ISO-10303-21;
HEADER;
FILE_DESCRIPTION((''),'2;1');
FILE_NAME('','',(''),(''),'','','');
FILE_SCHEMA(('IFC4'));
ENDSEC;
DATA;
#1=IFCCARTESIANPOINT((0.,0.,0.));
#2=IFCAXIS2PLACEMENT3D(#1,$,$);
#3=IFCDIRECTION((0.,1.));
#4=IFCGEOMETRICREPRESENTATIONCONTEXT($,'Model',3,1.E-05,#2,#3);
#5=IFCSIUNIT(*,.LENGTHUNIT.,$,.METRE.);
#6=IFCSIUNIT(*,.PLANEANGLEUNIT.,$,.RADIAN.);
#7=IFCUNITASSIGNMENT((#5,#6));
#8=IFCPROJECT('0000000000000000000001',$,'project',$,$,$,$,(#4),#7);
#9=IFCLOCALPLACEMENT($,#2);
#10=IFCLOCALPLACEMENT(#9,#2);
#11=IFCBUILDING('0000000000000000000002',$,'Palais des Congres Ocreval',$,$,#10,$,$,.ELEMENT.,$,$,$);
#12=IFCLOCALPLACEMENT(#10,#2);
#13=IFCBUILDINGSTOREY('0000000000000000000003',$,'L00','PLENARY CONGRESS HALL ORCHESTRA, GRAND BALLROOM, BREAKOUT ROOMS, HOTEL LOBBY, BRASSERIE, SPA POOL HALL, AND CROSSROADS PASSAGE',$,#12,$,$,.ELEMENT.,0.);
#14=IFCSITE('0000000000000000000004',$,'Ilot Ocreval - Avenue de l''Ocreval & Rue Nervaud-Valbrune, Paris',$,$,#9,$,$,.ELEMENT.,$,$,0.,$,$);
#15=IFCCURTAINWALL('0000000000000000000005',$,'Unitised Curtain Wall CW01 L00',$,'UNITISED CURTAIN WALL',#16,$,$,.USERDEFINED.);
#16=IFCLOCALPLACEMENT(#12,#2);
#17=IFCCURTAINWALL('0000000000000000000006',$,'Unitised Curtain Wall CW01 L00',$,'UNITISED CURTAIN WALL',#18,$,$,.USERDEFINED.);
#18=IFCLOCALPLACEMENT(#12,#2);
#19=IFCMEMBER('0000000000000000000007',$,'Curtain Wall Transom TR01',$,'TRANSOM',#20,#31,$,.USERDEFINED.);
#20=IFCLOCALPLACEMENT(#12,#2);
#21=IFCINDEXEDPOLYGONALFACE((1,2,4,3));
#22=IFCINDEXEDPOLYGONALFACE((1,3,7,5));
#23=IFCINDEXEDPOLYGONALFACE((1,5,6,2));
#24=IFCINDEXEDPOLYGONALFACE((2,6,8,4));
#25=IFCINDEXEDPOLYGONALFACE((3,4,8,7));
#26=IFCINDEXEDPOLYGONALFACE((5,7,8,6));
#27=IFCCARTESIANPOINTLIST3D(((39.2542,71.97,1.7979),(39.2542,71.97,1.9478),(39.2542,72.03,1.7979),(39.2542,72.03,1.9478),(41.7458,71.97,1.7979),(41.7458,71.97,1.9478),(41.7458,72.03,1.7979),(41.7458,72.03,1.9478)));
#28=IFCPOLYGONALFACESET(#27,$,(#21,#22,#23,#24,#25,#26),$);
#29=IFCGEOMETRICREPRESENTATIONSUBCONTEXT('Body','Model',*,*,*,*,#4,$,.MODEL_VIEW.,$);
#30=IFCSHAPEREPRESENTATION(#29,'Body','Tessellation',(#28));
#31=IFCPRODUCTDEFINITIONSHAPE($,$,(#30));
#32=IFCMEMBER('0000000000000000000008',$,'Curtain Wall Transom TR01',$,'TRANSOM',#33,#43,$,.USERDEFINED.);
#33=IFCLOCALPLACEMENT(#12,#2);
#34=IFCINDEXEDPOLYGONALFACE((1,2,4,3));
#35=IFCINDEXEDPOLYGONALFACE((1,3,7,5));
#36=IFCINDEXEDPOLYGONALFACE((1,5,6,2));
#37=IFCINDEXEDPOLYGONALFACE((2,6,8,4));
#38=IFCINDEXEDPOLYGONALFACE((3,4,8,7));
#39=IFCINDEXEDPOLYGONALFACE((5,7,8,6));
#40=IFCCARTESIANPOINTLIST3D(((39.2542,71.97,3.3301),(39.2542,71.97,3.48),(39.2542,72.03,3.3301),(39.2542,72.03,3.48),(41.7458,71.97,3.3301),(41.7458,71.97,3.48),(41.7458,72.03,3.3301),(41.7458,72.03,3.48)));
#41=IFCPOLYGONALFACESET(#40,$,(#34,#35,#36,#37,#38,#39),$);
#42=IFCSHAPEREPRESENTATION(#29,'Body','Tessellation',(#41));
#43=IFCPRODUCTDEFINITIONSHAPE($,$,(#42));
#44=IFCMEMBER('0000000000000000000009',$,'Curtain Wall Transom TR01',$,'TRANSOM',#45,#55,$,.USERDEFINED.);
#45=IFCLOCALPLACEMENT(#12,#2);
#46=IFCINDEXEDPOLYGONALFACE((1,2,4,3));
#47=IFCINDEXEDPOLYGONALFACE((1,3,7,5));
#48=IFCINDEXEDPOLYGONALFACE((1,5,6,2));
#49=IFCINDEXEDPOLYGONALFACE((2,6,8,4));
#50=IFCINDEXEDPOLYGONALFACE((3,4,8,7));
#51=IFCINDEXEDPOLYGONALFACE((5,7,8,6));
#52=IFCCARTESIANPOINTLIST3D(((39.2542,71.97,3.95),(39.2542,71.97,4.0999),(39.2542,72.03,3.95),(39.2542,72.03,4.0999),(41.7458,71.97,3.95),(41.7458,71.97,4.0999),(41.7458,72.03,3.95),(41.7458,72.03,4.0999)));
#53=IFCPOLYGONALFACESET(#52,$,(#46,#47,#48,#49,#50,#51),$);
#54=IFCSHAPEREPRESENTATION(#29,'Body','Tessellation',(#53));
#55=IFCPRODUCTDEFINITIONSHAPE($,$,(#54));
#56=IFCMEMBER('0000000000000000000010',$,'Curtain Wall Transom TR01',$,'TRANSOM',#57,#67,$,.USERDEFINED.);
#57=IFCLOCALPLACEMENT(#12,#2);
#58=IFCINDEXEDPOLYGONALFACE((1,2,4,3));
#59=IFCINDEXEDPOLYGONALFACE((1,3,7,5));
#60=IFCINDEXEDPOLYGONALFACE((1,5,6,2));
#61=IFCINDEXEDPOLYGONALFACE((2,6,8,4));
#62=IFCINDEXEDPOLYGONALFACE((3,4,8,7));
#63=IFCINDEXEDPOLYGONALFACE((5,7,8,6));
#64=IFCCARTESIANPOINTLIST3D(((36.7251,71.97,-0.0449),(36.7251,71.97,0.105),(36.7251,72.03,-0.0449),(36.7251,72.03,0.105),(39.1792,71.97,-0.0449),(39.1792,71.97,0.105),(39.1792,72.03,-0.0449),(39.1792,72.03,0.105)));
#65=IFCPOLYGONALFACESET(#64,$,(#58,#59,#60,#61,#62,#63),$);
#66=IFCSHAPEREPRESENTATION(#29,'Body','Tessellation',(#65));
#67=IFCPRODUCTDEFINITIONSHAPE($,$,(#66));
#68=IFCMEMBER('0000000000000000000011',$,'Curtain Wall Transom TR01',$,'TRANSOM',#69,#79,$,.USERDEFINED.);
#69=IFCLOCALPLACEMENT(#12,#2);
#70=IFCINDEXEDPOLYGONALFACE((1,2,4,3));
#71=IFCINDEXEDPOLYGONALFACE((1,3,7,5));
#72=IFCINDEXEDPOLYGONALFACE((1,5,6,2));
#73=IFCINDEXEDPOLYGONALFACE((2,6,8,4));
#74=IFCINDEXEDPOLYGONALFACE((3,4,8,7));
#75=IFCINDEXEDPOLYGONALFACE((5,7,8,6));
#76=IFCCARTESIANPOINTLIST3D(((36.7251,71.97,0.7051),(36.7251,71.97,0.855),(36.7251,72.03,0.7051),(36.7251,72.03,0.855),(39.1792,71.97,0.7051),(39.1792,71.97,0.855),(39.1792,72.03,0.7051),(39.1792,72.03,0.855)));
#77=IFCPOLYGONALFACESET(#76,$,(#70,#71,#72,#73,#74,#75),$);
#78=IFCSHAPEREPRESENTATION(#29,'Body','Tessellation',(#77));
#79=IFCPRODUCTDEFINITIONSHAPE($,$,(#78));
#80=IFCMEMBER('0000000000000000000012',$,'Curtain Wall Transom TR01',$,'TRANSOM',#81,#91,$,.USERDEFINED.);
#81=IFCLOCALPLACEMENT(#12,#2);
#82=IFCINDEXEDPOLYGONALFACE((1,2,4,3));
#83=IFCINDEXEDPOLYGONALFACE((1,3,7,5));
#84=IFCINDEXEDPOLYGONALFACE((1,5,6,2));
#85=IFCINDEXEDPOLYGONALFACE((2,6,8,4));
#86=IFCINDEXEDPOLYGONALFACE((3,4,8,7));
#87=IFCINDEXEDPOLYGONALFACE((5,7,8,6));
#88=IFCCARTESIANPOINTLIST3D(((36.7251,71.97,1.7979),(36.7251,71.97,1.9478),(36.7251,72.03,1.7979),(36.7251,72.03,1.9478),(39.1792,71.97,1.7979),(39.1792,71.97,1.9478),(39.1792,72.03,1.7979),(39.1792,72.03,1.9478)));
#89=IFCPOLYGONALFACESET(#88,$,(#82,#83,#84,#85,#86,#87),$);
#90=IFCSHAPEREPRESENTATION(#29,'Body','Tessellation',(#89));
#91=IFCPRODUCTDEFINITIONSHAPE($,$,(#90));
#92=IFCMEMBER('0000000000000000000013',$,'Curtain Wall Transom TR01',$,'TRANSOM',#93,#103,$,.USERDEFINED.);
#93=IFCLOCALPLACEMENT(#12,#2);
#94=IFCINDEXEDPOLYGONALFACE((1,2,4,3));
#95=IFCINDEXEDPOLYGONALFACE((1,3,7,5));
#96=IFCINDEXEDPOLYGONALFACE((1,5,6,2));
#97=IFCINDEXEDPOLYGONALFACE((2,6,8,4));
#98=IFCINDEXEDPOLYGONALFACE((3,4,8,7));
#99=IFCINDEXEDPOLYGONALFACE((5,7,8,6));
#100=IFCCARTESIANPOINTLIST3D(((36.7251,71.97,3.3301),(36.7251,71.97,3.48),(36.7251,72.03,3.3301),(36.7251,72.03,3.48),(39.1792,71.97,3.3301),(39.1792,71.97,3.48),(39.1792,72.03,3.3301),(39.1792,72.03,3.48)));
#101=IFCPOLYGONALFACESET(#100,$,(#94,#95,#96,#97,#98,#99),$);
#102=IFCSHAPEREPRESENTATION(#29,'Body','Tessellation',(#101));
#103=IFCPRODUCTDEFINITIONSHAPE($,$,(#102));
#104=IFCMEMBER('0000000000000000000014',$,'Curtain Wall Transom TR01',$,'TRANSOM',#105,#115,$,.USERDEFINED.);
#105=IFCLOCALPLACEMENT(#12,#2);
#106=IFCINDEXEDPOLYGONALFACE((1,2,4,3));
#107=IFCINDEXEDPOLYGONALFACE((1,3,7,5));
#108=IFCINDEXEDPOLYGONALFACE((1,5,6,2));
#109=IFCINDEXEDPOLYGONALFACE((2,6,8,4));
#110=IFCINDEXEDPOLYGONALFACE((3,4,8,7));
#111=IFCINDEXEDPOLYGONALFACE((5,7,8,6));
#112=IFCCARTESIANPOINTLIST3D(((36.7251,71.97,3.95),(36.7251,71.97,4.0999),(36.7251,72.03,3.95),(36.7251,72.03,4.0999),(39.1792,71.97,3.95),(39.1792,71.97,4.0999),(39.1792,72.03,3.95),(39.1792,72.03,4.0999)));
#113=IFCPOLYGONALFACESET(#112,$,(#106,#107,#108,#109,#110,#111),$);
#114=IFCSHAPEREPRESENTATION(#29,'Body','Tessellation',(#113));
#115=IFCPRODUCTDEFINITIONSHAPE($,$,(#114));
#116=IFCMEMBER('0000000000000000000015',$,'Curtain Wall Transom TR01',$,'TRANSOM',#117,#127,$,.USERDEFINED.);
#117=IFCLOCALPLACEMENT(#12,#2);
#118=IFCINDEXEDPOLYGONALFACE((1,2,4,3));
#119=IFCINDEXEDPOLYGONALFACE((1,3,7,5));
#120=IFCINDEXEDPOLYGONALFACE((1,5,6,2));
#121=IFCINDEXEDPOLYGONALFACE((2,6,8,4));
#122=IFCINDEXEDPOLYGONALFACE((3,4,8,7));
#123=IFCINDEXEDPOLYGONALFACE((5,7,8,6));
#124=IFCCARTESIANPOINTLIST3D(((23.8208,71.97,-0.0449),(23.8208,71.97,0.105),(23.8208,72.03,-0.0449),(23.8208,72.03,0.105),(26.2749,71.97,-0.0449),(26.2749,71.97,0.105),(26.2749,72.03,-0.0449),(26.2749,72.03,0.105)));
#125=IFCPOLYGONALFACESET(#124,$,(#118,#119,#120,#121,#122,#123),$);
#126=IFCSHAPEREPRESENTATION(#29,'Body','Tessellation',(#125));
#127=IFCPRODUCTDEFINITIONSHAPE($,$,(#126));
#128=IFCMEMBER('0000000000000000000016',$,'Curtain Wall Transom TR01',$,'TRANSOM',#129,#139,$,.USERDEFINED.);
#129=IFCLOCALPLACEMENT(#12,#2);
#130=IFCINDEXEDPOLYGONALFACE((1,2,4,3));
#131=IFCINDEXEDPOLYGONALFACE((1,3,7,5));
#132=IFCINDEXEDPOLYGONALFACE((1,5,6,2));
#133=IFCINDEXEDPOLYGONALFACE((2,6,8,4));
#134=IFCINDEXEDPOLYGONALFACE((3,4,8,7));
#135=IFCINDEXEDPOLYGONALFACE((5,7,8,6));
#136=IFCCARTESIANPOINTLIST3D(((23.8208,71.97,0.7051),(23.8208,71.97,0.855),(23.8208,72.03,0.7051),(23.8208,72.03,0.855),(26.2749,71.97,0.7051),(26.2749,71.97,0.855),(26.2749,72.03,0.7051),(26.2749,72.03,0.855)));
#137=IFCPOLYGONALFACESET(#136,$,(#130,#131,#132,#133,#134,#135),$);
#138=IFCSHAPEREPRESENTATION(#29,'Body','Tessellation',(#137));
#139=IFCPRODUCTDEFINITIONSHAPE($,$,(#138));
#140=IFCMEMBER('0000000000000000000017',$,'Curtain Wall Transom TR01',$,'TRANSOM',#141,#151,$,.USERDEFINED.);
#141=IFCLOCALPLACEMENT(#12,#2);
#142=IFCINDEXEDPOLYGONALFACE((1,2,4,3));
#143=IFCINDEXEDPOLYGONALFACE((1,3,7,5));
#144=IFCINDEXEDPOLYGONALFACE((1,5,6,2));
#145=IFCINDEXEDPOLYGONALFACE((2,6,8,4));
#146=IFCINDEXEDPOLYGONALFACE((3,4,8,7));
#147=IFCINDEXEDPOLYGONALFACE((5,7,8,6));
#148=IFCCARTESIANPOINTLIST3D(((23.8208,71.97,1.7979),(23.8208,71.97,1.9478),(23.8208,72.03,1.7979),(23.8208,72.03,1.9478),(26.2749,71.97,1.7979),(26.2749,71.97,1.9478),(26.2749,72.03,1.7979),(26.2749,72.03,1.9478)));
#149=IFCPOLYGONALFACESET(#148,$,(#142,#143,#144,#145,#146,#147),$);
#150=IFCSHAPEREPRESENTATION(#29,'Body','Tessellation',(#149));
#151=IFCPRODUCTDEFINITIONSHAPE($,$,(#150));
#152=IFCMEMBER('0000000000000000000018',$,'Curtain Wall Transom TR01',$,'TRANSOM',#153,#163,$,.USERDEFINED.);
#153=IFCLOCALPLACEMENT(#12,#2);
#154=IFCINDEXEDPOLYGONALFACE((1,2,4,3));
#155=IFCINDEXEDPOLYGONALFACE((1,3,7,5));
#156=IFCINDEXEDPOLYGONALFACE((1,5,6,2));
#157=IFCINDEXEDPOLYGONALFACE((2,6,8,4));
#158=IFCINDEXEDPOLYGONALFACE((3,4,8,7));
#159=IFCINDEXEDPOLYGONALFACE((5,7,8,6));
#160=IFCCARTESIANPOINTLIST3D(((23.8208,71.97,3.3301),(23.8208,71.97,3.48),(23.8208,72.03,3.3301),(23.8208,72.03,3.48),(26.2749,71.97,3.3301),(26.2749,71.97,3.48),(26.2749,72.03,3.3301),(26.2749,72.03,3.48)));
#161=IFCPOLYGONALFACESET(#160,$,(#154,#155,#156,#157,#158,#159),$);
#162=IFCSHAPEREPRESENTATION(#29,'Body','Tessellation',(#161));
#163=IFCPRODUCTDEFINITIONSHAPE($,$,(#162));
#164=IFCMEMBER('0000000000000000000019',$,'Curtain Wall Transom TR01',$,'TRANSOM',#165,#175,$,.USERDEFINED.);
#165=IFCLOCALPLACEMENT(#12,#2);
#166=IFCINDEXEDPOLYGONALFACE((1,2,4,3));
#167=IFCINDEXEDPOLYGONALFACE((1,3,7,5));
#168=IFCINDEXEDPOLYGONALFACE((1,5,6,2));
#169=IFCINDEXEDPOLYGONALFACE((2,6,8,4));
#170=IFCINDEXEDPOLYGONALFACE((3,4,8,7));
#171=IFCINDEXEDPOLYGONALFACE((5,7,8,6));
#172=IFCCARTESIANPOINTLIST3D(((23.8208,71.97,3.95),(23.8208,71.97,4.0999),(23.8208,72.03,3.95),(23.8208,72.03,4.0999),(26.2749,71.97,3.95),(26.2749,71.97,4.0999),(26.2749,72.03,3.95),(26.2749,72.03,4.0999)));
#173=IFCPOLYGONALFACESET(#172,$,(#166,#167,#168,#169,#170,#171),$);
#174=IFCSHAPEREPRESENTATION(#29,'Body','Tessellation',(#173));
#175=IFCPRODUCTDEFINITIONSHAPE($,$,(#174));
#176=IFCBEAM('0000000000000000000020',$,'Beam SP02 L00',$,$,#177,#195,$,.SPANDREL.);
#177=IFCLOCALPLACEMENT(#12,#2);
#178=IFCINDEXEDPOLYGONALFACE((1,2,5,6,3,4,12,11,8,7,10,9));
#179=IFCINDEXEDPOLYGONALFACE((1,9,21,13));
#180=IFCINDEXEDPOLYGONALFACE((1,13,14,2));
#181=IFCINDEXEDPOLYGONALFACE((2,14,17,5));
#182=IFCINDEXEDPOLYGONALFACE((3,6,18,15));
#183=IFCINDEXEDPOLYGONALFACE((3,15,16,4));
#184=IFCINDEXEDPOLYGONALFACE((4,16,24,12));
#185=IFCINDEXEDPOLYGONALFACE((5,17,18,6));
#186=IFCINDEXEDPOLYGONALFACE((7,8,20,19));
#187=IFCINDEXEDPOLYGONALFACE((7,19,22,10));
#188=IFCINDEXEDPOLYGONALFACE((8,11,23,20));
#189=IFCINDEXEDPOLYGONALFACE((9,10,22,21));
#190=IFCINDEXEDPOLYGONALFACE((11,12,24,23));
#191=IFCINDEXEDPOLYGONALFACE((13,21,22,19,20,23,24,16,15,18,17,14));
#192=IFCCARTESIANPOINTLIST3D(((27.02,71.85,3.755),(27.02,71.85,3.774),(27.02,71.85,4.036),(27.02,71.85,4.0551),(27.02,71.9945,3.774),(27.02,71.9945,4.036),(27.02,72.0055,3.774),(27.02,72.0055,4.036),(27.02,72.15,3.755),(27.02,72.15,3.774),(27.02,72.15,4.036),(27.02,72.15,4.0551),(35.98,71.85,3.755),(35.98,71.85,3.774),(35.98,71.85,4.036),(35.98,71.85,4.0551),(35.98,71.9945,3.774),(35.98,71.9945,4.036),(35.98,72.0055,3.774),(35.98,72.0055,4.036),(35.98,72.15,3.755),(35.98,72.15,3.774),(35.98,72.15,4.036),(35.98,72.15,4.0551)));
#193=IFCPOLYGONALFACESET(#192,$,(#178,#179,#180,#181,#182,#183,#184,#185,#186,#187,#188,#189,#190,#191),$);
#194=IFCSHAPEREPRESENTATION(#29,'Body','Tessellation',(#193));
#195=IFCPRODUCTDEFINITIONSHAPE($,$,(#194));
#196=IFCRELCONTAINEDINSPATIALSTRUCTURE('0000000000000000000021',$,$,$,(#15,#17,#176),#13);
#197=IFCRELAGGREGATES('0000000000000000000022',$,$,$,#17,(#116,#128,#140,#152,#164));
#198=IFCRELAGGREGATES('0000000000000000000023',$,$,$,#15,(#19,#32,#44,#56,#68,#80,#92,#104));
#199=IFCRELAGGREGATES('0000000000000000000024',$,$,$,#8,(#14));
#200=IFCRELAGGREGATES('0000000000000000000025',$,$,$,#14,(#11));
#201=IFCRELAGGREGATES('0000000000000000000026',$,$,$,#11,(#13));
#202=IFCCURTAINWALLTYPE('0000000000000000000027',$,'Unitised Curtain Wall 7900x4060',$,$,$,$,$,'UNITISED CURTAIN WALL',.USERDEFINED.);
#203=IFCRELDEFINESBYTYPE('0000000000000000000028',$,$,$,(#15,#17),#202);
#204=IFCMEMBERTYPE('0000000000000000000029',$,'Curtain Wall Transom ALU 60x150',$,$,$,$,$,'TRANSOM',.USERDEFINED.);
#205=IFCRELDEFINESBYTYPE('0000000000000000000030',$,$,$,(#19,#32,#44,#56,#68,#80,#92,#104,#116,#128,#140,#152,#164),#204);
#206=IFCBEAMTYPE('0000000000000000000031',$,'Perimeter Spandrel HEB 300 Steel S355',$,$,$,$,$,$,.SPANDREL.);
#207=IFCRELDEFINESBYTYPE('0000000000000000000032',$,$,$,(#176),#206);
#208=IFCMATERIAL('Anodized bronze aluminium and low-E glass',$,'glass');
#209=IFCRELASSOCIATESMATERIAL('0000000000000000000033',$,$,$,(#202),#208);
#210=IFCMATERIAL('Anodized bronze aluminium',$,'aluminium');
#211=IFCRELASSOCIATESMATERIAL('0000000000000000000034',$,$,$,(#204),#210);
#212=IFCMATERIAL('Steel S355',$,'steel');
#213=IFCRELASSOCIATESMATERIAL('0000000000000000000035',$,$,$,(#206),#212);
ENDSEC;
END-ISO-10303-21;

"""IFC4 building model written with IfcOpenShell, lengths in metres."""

from ifc_helpers import new_model, si_unit, direction, frame, origin, origin_2d, place, context, subcontext, project, spatial, rectangle, i_section, extrude, material, material_profile, profile_set, type_object, element, aggregate, save


model = new_model("IFC4")

# Units and contexts
model_context = context("Model", 3, precision=1e-05, world=origin(), true_north=direction((0.0, 1.0)))
body_context = subcontext(model_context, "Body", "Model", "MODEL_VIEW")
ifc_project = project(units=[si_unit("LENGTHUNIT", "METRE"), si_unit("PLANEANGLEUNIT", "RADIAN")], contexts=[model_context])

# Site, building, storey
site_placement = place(None, origin())
site = spatial("IfcSite", under=ifc_project, at=site_placement, Name="Ilot Ocreval - Avenue de l'Ocreval & Rue Nervaud-Valbrune, Paris", CompositionType="ELEMENT", RefElevation=0.0)
building_placement = place(site_placement, origin())
building = spatial("IfcBuilding", under=site, at=building_placement, Name="Palais des Congres Ocreval", CompositionType="ELEMENT")
storey_placement = place(building_placement, origin())
storey = spatial("IfcBuildingStorey", under=building, at=storey_placement, Name="L00", Description="PLENARY CONGRESS HALL ORCHESTRA, GRAND BALLROOM, BREAKOUT ROOMS, HOTEL LOBBY, BRASSERIE, SPA POOL HALL, AND CROSSROADS PASSAGE", CompositionType="ELEMENT", Elevation=0.0)

# Shared definitions
ifc_material_1 = material(Name="Steel S355", Category="steel")

# Curtain wall
ifc_material_2 = material(Name="Anodized bronze aluminium and low-E glass", Category="glass")
curtain_wall_type = type_object("IfcCurtainWallType", Name="Unitised Curtain Wall 7900x4060", ElementType="UNITISED CURTAIN WALL", PredefinedType="USERDEFINED", material=ifc_material_2)
curtain_wall_1_placement = place(storey_placement, origin())
curtain_wall_1 = element("IfcCurtainWall", 1, at=curtain_wall_1_placement, inside=storey, type_object=curtain_wall_type, Name="Unitised Curtain Wall CW01 L00", ObjectType="UNITISED CURTAIN WALL", PredefinedType="USERDEFINED")
ifc_material_3 = material(Name="Anodized bronze aluminium", Category="aluminium")

# Curtain wall
curtain_wall_2_placement = place(storey_placement, origin())
curtain_wall_2 = element("IfcCurtainWall", 2, at=curtain_wall_2_placement, inside=storey, type_object=curtain_wall_type, Name="Unitised Curtain Wall CW01 L00", ObjectType="UNITISED CURTAIN WALL", PredefinedType="USERDEFINED")

# Members
ifc_material_profile_1 = material_profile(ifc_material_3, rectangle(XDim=0.0601, YDim=0.1499, at=origin_2d()), Name="ALU 60x150")
ifc_profile_set_1 = profile_set([ifc_material_profile_1], Name="Anodized bronze aluminium")
member_type_1 = type_object("IfcMemberType", Name="Curtain Wall Transom ALU 60x150", ElementType="TRANSOM", PredefinedType="USERDEFINED", material=ifc_profile_set_1)
member_1_placement = place(storey_placement, frame((41.7458, 72.0, 1.8728), z_axis=(-1.0, 0.0, 0.0), x_axis=(0.0, -1.0, 0.0)))
member_1 = element("IfcMember", 3, at=member_1_placement, type_object=member_type_1, Name="Curtain Wall Transom TR01", ObjectType="TRANSOM", PredefinedType="USERDEFINED", context=body_context, shape_type="SweptSolid", body=[
    extrude(rectangle(XDim=0.0601, YDim=0.1499, at=origin_2d()), origin(), (0.0, 0.0, 1.0), 2.4917),
])
member_2_placement = place(storey_placement, frame((41.7458, 72.0, 3.405), z_axis=(-1.0, 0.0, 0.0), x_axis=(0.0, -1.0, 0.0)))
member_2 = element("IfcMember", 4, at=member_2_placement, type_object=member_type_1, Name="Curtain Wall Transom TR01", ObjectType="TRANSOM", PredefinedType="USERDEFINED", context=body_context, shape_type="SweptSolid", body=[
    extrude(rectangle(XDim=0.0601, YDim=0.1499, at=origin_2d()), origin(), (0.0, 0.0, 1.0), 2.4917),
])
member_3_placement = place(storey_placement, frame((41.7458, 72.0, 4.0249), z_axis=(-1.0, 0.0, 0.0), x_axis=(0.0, -1.0, 0.0)))
member_3 = element("IfcMember", 5, at=member_3_placement, type_object=member_type_1, Name="Curtain Wall Transom TR01", ObjectType="TRANSOM", PredefinedType="USERDEFINED", context=body_context, shape_type="SweptSolid", body=[
    extrude(rectangle(XDim=0.0601, YDim=0.1499, at=origin_2d()), origin(), (0.0, 0.0, 1.0), 2.4917),
])
member_4_placement = place(storey_placement, frame((39.1792, 72.0, 0.03), z_axis=(-1.0, 0.0, 0.0), x_axis=(0.0, -1.0, 0.0)))
member_4 = element("IfcMember", 6, at=member_4_placement, type_object=member_type_1, Name="Curtain Wall Transom TR01", ObjectType="TRANSOM", PredefinedType="USERDEFINED", context=body_context, shape_type="SweptSolid", body=[
    extrude(rectangle(XDim=0.0601, YDim=0.1499, at=origin_2d()), origin(), (0.0, 0.0, 1.0), 2.4541),
])
member_5_placement = place(storey_placement, frame((39.1792, 72.0, 0.78), z_axis=(-1.0, 0.0, 0.0), x_axis=(0.0, -1.0, 0.0)))
member_5 = element("IfcMember", 7, at=member_5_placement, type_object=member_type_1, Name="Curtain Wall Transom TR01", ObjectType="TRANSOM", PredefinedType="USERDEFINED", context=body_context, shape_type="SweptSolid", body=[
    extrude(rectangle(XDim=0.0601, YDim=0.1499, at=origin_2d()), origin(), (0.0, 0.0, 1.0), 2.4541),
])
member_6_placement = place(storey_placement, frame((39.1792, 72.0, 1.8728), z_axis=(-1.0, 0.0, 0.0), x_axis=(0.0, -1.0, 0.0)))
member_6 = element("IfcMember", 8, at=member_6_placement, type_object=member_type_1, Name="Curtain Wall Transom TR01", ObjectType="TRANSOM", PredefinedType="USERDEFINED", context=body_context, shape_type="SweptSolid", body=[
    extrude(rectangle(XDim=0.0601, YDim=0.1499, at=origin_2d()), origin(), (0.0, 0.0, 1.0), 2.4541),
])
member_7_placement = place(storey_placement, frame((39.1792, 72.0, 3.405), z_axis=(-1.0, 0.0, 0.0), x_axis=(0.0, -1.0, 0.0)))
member_7 = element("IfcMember", 9, at=member_7_placement, type_object=member_type_1, Name="Curtain Wall Transom TR01", ObjectType="TRANSOM", PredefinedType="USERDEFINED", context=body_context, shape_type="SweptSolid", body=[
    extrude(rectangle(XDim=0.0601, YDim=0.1499, at=origin_2d()), origin(), (0.0, 0.0, 1.0), 2.4541),
])
member_8_placement = place(storey_placement, frame((39.1792, 72.0, 4.0249), z_axis=(-1.0, 0.0, 0.0), x_axis=(0.0, -1.0, 0.0)))
member_8 = element("IfcMember", 10, at=member_8_placement, type_object=member_type_1, Name="Curtain Wall Transom TR01", ObjectType="TRANSOM", PredefinedType="USERDEFINED", context=body_context, shape_type="SweptSolid", body=[
    extrude(rectangle(XDim=0.0601, YDim=0.1499, at=origin_2d()), origin(), (0.0, 0.0, 1.0), 2.4541),
])
member_9_placement = place(storey_placement, frame((26.2749, 72.0, 0.03), z_axis=(-1.0, 0.0, 0.0), x_axis=(0.0, -1.0, 0.0)))
member_9 = element("IfcMember", 11, at=member_9_placement, type_object=member_type_1, Name="Curtain Wall Transom TR01", ObjectType="TRANSOM", PredefinedType="USERDEFINED", context=body_context, shape_type="SweptSolid", body=[
    extrude(rectangle(XDim=0.0601, YDim=0.1499, at=origin_2d()), origin(), (0.0, 0.0, 1.0), 2.4541),
])
member_10_placement = place(storey_placement, frame((26.2749, 72.0, 0.78), z_axis=(-1.0, 0.0, 0.0), x_axis=(0.0, -1.0, 0.0)))
member_10 = element("IfcMember", 12, at=member_10_placement, type_object=member_type_1, Name="Curtain Wall Transom TR01", ObjectType="TRANSOM", PredefinedType="USERDEFINED", context=body_context, shape_type="SweptSolid", body=[
    extrude(rectangle(XDim=0.0601, YDim=0.1499, at=origin_2d()), origin(), (0.0, 0.0, 1.0), 2.4541),
])
member_11_placement = place(storey_placement, frame((26.2749, 72.0, 1.8728), z_axis=(-1.0, 0.0, 0.0), x_axis=(0.0, -1.0, 0.0)))
member_11 = element("IfcMember", 13, at=member_11_placement, type_object=member_type_1, Name="Curtain Wall Transom TR01", ObjectType="TRANSOM", PredefinedType="USERDEFINED", context=body_context, shape_type="SweptSolid", body=[
    extrude(rectangle(XDim=0.0601, YDim=0.1499, at=origin_2d()), origin(), (0.0, 0.0, 1.0), 2.4541),
])
member_12_placement = place(storey_placement, frame((26.2749, 72.0, 3.405), z_axis=(-1.0, 0.0, 0.0), x_axis=(0.0, -1.0, 0.0)))
member_12 = element("IfcMember", 14, at=member_12_placement, type_object=member_type_1, Name="Curtain Wall Transom TR01", ObjectType="TRANSOM", PredefinedType="USERDEFINED", context=body_context, shape_type="SweptSolid", body=[
    extrude(rectangle(XDim=0.0601, YDim=0.1499, at=origin_2d()), origin(), (0.0, 0.0, 1.0), 2.4541),
])
member_13_placement = place(storey_placement, frame((26.2749, 72.0, 4.0249), z_axis=(-1.0, 0.0, 0.0), x_axis=(0.0, -1.0, 0.0)))
member_13 = element("IfcMember", 15, at=member_13_placement, type_object=member_type_1, Name="Curtain Wall Transom TR01", ObjectType="TRANSOM", PredefinedType="USERDEFINED", context=body_context, shape_type="SweptSolid", body=[
    extrude(rectangle(XDim=0.0601, YDim=0.1499, at=origin_2d()), origin(), (0.0, 0.0, 1.0), 2.4541),
])

# Beam
ifc_material_profile_2 = material_profile(ifc_material_1, i_section(OverallWidth=0.3, OverallDepth=0.3, WebThickness=0.011, FlangeThickness=0.019, at=origin_2d()), Name="HEB 300")
ifc_profile_set_2 = profile_set([ifc_material_profile_2], Name="Steel S355")
beam_type_1 = type_object("IfcBeamType", Name="Perimeter Spandrel HEB 300 Steel S355", PredefinedType="SPANDREL", material=ifc_profile_set_2)
beam_1_placement = place(storey_placement, frame((27.02, 72.0, 3.905), z_axis=(1.0, 0.0, 0.0), x_axis=(0.0, 1.0, 0.0)))
element("IfcBeam", 16, at=beam_1_placement, inside=storey, type_object=beam_type_1, Name="Beam SP02 L00", PredefinedType="SPANDREL", context=body_context, shape_type="SweptSolid", body=[
    extrude(i_section(OverallWidth=0.3, OverallDepth=0.3, WebThickness=0.011, FlangeThickness=0.019, at=origin_2d()), origin(), (0.0, 0.0, 1.0), 8.96),
])

aggregate(curtain_wall_2, [member_9, member_10, member_11, member_12, member_13])
aggregate(curtain_wall_1, [member_1, member_2, member_3, member_4, member_5, member_6, member_7, member_8])

save(model, "model.ifc")
